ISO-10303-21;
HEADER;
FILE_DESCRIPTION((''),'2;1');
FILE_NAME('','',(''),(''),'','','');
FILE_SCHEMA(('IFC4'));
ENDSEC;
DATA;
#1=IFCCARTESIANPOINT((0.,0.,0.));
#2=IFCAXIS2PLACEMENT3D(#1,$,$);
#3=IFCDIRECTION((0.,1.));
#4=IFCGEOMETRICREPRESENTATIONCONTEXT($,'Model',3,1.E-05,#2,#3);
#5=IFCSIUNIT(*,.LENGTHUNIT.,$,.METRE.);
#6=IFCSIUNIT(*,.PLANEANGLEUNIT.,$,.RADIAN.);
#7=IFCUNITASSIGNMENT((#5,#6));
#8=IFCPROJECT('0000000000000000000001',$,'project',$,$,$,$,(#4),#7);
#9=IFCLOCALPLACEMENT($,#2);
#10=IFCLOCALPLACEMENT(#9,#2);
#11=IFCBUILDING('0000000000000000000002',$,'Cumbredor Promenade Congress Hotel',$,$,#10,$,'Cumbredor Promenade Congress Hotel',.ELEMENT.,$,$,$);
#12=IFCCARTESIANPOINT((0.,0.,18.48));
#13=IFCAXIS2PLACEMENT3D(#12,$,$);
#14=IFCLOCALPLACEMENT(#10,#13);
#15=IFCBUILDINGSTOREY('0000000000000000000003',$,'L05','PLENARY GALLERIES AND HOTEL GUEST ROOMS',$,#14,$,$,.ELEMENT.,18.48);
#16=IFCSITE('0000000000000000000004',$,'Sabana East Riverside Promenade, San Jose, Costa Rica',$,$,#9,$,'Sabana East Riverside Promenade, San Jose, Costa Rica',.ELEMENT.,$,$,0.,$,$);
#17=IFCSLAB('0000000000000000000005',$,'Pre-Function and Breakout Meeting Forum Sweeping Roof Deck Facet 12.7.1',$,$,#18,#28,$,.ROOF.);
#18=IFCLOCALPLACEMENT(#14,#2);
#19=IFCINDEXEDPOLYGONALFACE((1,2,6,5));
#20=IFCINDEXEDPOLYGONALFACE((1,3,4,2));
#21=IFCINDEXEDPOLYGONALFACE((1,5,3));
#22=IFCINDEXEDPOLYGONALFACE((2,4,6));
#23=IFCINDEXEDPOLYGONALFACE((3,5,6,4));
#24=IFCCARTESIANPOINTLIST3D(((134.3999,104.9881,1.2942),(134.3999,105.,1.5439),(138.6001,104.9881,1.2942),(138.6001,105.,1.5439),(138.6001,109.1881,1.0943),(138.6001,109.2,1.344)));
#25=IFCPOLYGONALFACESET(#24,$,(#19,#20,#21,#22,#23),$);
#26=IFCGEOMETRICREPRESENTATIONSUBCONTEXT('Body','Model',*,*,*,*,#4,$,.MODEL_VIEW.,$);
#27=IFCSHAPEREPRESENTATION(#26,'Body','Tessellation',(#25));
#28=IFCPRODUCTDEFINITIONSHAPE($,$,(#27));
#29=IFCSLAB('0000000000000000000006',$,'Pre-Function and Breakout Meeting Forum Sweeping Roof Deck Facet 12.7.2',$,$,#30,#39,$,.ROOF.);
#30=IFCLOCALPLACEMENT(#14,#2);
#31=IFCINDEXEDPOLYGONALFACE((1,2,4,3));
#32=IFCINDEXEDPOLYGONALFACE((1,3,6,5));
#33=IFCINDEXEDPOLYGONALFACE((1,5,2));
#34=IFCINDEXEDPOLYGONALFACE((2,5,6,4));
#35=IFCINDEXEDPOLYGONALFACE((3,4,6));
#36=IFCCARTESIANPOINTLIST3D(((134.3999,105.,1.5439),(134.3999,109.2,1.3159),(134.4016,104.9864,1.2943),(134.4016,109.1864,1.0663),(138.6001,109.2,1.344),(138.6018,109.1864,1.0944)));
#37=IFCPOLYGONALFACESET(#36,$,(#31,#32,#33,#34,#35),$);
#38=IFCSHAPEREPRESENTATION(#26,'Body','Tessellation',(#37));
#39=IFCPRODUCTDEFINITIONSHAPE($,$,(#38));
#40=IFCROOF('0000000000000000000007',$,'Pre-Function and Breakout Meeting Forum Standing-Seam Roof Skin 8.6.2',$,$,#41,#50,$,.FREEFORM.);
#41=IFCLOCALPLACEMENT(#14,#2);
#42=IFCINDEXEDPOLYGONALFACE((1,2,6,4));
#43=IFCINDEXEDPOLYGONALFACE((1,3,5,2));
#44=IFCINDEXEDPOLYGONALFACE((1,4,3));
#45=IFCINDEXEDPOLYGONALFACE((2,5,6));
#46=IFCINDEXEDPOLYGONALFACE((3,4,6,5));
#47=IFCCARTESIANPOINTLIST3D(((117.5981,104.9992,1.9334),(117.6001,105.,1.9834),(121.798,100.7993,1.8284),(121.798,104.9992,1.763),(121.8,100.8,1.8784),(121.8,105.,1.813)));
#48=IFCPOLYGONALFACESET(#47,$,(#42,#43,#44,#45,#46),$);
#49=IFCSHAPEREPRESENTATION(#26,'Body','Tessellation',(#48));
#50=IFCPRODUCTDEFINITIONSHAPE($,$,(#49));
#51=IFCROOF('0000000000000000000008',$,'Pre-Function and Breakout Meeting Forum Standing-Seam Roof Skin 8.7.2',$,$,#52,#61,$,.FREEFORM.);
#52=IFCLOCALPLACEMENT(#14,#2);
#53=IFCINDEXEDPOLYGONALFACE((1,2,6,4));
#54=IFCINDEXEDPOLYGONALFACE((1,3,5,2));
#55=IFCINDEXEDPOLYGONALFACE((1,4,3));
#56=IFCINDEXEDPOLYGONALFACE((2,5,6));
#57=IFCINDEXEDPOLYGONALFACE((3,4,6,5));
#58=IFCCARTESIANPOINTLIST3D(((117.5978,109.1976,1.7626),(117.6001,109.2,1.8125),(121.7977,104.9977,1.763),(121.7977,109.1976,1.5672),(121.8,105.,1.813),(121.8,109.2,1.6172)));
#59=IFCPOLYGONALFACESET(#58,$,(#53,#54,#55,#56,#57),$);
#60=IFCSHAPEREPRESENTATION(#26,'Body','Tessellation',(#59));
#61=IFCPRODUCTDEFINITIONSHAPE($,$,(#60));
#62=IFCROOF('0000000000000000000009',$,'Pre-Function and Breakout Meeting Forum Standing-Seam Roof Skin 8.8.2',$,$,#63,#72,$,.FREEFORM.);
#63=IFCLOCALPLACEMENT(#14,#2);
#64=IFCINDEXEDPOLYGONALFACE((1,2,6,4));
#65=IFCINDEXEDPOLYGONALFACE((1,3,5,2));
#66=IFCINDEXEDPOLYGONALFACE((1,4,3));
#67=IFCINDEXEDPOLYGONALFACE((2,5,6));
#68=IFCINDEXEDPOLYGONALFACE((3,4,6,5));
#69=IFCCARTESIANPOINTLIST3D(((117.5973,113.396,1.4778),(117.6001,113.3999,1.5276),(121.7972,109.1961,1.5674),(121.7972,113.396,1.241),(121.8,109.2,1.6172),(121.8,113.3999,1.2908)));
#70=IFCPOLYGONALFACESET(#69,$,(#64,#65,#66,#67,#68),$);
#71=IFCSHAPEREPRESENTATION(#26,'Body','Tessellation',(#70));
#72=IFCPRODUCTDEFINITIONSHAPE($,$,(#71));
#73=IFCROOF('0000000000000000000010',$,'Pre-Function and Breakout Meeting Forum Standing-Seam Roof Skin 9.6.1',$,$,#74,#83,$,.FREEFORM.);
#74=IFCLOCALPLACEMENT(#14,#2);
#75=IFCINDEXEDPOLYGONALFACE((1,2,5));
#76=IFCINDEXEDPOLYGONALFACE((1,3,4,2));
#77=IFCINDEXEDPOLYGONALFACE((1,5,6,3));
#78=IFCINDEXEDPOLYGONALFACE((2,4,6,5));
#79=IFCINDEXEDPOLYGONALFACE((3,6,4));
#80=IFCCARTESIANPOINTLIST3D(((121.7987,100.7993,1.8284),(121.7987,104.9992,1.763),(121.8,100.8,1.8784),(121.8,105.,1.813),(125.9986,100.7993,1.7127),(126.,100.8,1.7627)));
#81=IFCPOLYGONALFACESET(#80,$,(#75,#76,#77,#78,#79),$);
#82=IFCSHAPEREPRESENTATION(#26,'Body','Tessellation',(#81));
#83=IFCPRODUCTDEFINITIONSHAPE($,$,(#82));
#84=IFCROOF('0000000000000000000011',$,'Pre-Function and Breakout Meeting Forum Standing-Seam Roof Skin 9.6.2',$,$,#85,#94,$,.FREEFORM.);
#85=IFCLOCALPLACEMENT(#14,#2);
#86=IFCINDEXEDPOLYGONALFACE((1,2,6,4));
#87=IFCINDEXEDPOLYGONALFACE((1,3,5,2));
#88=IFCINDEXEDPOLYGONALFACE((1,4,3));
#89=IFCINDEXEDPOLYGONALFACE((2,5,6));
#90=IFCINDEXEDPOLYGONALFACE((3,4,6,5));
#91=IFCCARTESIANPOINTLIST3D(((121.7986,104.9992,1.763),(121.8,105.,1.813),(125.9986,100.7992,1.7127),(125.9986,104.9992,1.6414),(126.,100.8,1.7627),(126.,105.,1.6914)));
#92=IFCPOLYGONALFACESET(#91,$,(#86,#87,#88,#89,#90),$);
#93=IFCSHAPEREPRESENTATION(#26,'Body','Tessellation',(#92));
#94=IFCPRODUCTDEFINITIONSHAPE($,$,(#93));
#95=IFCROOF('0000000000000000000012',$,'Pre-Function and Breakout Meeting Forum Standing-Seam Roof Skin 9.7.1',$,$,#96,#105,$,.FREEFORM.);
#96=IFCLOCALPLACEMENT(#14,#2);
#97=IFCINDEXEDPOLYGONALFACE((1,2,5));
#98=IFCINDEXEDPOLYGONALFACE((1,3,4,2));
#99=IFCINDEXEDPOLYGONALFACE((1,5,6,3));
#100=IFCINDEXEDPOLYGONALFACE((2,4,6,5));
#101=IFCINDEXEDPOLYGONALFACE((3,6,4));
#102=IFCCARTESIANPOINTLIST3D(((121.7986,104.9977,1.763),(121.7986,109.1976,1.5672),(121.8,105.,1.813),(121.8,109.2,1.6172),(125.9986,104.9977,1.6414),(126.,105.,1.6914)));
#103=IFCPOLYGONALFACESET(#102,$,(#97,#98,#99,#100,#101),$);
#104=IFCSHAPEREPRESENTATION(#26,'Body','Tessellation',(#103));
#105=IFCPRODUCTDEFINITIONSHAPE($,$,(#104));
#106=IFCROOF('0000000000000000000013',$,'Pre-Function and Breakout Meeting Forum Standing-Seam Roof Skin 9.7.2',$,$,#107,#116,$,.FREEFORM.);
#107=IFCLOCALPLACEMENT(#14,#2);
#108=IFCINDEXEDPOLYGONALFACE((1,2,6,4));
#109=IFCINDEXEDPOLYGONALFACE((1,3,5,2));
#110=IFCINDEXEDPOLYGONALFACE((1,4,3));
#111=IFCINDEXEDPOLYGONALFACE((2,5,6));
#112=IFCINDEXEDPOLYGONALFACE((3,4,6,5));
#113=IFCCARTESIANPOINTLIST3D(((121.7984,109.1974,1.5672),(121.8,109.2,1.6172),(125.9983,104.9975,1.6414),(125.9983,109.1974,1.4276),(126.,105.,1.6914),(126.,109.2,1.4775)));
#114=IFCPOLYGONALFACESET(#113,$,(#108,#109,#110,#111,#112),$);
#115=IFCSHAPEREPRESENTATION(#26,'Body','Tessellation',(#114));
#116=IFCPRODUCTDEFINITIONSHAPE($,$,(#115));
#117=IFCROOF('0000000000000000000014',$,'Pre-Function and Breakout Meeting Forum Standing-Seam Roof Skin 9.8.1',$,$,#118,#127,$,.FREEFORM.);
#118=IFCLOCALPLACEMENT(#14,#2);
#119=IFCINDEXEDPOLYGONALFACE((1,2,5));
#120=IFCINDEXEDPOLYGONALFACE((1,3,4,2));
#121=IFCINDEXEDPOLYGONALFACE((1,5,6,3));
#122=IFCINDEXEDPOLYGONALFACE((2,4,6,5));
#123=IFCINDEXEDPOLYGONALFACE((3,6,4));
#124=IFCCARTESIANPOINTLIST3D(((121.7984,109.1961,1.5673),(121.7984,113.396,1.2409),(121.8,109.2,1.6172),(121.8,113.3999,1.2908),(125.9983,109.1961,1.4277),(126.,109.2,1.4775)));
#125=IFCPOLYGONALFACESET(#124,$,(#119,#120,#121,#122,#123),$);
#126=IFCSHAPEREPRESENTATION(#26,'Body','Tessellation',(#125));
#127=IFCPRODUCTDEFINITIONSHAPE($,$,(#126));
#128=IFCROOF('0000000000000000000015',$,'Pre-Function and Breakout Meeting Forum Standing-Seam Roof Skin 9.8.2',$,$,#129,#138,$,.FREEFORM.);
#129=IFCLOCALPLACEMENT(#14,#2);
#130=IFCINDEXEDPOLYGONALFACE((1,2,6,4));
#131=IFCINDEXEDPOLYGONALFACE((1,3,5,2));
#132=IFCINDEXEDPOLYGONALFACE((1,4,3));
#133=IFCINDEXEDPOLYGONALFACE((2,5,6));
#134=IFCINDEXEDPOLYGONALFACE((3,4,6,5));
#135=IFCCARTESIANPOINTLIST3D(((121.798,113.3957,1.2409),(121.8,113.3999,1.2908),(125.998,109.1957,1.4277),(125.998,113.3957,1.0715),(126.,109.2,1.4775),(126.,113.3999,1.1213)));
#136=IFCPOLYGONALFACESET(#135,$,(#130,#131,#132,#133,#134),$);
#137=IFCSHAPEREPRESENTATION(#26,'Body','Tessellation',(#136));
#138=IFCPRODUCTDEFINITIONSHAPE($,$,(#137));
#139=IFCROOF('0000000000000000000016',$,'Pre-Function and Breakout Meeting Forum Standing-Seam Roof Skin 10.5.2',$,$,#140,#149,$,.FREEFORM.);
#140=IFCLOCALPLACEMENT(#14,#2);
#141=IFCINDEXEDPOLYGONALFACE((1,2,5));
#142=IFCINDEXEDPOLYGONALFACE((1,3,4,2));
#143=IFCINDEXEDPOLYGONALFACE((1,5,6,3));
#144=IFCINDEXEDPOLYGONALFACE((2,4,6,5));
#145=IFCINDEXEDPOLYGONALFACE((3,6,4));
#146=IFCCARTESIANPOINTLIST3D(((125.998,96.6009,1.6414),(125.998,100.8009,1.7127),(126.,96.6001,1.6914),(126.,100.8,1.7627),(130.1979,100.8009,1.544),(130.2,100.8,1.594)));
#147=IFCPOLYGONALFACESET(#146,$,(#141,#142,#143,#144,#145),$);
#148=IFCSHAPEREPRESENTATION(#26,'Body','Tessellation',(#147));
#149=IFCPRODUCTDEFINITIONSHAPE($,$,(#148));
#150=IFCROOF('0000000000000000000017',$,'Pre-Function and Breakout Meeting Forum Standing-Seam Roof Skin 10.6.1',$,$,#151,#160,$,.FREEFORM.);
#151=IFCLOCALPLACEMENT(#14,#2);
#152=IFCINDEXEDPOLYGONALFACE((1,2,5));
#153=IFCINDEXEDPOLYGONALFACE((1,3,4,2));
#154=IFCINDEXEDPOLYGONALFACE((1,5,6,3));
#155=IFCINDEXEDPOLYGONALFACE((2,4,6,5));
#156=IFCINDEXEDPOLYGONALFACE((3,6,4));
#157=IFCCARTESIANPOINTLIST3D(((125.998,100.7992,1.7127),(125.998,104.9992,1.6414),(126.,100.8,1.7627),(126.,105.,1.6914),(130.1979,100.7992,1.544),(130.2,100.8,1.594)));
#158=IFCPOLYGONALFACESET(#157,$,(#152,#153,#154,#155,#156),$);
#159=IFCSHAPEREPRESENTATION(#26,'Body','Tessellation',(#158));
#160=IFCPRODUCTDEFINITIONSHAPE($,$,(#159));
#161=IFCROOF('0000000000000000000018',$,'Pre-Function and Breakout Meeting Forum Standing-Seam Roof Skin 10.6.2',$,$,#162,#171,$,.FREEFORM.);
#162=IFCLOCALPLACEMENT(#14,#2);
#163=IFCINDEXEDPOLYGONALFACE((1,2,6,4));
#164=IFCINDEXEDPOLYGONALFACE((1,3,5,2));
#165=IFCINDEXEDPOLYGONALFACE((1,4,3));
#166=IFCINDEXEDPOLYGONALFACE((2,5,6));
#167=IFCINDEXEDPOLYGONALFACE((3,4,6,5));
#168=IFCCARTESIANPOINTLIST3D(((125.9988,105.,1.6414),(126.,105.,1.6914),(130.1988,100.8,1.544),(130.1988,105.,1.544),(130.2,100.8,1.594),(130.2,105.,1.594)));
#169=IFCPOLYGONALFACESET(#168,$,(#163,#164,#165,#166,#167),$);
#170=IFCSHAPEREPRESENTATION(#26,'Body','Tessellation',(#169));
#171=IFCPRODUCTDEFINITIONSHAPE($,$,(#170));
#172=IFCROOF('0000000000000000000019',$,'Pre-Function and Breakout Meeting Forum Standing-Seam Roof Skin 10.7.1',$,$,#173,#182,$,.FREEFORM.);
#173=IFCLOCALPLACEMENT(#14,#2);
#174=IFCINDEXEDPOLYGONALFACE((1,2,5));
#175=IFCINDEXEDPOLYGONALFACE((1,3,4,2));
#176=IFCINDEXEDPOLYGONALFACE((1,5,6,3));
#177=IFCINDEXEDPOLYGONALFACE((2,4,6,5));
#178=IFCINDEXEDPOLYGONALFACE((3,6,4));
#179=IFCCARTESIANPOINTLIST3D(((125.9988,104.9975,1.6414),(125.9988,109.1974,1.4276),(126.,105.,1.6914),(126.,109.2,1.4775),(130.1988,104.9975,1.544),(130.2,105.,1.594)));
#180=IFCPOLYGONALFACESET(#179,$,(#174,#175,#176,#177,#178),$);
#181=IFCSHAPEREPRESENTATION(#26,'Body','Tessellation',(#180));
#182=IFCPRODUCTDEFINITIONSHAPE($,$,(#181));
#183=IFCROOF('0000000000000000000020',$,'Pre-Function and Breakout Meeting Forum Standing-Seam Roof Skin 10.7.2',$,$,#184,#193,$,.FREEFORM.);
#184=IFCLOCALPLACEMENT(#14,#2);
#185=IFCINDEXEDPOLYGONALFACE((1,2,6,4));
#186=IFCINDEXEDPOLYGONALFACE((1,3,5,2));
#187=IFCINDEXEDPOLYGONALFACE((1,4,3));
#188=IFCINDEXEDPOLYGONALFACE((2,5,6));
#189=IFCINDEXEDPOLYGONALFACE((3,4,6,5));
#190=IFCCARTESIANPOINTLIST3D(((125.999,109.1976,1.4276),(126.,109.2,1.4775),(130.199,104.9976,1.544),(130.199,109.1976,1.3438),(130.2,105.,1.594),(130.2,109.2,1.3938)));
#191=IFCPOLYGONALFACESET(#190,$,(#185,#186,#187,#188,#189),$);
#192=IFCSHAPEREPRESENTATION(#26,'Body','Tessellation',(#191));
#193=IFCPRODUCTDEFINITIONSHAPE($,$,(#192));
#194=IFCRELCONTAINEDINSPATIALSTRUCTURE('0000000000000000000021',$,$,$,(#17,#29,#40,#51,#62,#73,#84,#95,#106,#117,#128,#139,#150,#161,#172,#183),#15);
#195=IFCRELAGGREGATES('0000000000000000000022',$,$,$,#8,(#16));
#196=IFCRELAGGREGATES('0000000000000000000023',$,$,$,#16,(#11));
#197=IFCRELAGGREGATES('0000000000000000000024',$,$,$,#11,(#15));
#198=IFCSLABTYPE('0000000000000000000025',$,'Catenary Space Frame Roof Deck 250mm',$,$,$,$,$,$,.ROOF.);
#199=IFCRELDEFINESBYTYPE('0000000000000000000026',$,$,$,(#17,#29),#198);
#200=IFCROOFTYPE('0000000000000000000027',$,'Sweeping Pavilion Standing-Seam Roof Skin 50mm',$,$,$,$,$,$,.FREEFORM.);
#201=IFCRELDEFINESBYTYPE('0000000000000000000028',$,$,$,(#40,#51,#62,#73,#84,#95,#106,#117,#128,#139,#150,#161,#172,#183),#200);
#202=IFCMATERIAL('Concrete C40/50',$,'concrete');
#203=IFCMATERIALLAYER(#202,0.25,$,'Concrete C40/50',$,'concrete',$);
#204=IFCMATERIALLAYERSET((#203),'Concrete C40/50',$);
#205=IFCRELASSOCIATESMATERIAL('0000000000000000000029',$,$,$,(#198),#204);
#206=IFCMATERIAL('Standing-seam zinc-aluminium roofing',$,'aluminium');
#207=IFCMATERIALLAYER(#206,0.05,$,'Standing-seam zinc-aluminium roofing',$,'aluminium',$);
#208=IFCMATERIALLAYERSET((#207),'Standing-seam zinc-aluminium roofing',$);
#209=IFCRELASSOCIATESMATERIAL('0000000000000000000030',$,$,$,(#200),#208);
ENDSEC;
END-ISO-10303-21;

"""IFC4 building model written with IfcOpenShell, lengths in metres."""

from ifc_helpers import new_model, si_unit, direction, frame, origin, place, context, subcontext, project, spatial, polyline, outline, extrude, material, layer, layer_set, type_object, element, save


model = new_model("IFC4")

# Units and contexts
model_context = context("Model", 3, precision=1e-05, world=origin(), true_north=direction((0.0, 1.0)))
body_context = subcontext(model_context, "Body", "Model", "MODEL_VIEW")
ifc_project = project(units=[si_unit("LENGTHUNIT", "METRE"), si_unit("PLANEANGLEUNIT", "RADIAN")], contexts=[model_context])

# Site, building, storey
site_placement = place(None, origin())
site = spatial("IfcSite", under=ifc_project, at=site_placement, Name="Sabana East Riverside Promenade, San Jose, Costa Rica", LongName="Sabana East Riverside Promenade, San Jose, Costa Rica", CompositionType="ELEMENT", RefElevation=0.0)
building_placement = place(site_placement, origin())
building = spatial("IfcBuilding", under=site, at=building_placement, Name="Cumbredor Promenade Congress Hotel", LongName="Cumbredor Promenade Congress Hotel", CompositionType="ELEMENT")
storey_placement = place(building_placement, frame((0.0, 0.0, 18.48)))
storey = spatial("IfcBuildingStorey", under=building, at=storey_placement, Name="L05", Description="PLENARY GALLERIES AND HOTEL GUEST ROOMS", CompositionType="ELEMENT", Elevation=18.48)

# Slabs
ifc_material_1 = material(Name="Concrete C40/50", Category="concrete")
ifc_layer_1 = layer(ifc_material_1, 0.25, Name="Concrete C40/50", Category="concrete")
ifc_layer_set_1 = layer_set([ifc_layer_1], Name="Concrete C40/50")
slab_type = type_object("IfcSlabType", Name="Catenary Space Frame Roof Deck 250mm", PredefinedType="ROOF", material=ifc_layer_set_1)
slab_1_placement = place(storey_placement, frame((134.3999, 105.0, 1.5439), z_axis=(0.0, 0.047554, 0.998869), x_axis=(1.0, 0.0, 0.0)))
element("IfcSlab", 1, at=slab_1_placement, inside=storey, type_object=slab_type, Name="Pre-Function and Breakout Meeting Forum Sweeping Roof Deck Facet 12.7.1", PredefinedType="ROOF", context=body_context, shape_type="SweptSolid", body=[
    extrude(outline(polyline([(0.0, 0.0), (4.2002, 0.0), (4.2002, 4.2047), (0.0, 0.0)])), origin(), (0.0, 0.0, -1.0), 0.25),
])
slab_2_placement = place(storey_placement, frame((134.3999, 105.0, 1.5439), z_axis=(-0.006675, 0.054212, 0.998507), x_axis=(0.706727, 0.706686, -0.033644)))
element("IfcSlab", 2, at=slab_2_placement, inside=storey, type_object=slab_type, Name="Pre-Function and Breakout Meeting Forum Sweeping Roof Deck Facet 12.7.2", PredefinedType="ROOF", context=body_context, shape_type="SweptSolid", body=[
    extrude(outline(polyline([(0.0, 0.0), (5.9432, 0.0), (2.9757, 2.9727), (0.0, 0.0)])), origin(), (0.0, 0.0, -1.0), 0.25),
])

# Roofs
ifc_material_2 = material(Name="Standing-seam zinc-aluminium roofing", Category="aluminium")
ifc_layer_2 = layer(ifc_material_2, 0.05, Name="Standing-seam zinc-aluminium roofing", Category="aluminium")
ifc_layer_set_2 = layer_set([ifc_layer_2], Name="Standing-seam zinc-aluminium roofing")
roof_type = type_object("IfcRoofType", Name="Sweeping Pavilion Standing-Seam Roof Skin 50mm", PredefinedType="FREEFORM", material=ifc_layer_set_2)
roof_1_placement = place(storey_placement, frame((121.8, 100.8, 1.8784), z_axis=(0.040536, 0.015564, 0.999057), x_axis=(0.0, 0.999879, -0.015577)))
element("IfcRoof", 3, at=roof_1_placement, inside=storey, type_object=roof_type, Name="Pre-Function and Breakout Meeting Forum Standing-Seam Roof Skin 8.6.2", PredefinedType="FREEFORM", context=body_context, shape_type="SweptSolid", body=[
    extrude(outline(polyline([(0.0, 0.0), (4.2005, 0.0), (4.1978, 4.2034), (0.0, 0.0)])), origin(), (0.0, 0.0, -1.0), 0.05),
])
roof_2_placement = place(storey_placement, frame((121.8, 105.0, 1.813), z_axis=(0.046403, 0.046519, 0.997839), x_axis=(0.0, 0.998915, -0.046569)))
element("IfcRoof", 4, at=roof_2_placement, inside=storey, type_object=roof_type, Name="Pre-Function and Breakout Meeting Forum Standing-Seam Roof Skin 8.7.2", PredefinedType="FREEFORM", context=body_context, shape_type="SweptSolid", body=[
    extrude(outline(polyline([(0.0, 0.0), (4.2045, 0.0), (4.1954, 4.2045), (0.0, 0.0)])), origin(), (0.0, 0.0, -1.0), 0.05),
])
roof_3_placement = place(storey_placement, frame((121.8, 109.2, 1.6172), z_axis=(0.056127, 0.077363, 0.995422), x_axis=(0.0, 0.996993, -0.077485)))
element("IfcRoof", 5, at=roof_3_placement, inside=storey, type_object=roof_type, Name="Pre-Function and Breakout Meeting Forum Standing-Seam Roof Skin 8.8.2", PredefinedType="FREEFORM", context=body_context, shape_type="SweptSolid", body=[
    extrude(outline(polyline([(0.0, 0.0), (4.2126, 0.0), (4.1943, 4.2066), (0.0, 0.0)])), origin(), (0.0, 0.0, -1.0), 0.05),
])
roof_4_placement = place(storey_placement, frame((121.8, 100.8, 1.8784), z_axis=(0.02754, 0.015571, 0.999499), x_axis=(0.999621, 0.0, -0.027543)))
element("IfcRoof", 6, at=roof_4_placement, inside=storey, type_object=roof_type, Name="Pre-Function and Breakout Meeting Forum Standing-Seam Roof Skin 9.6.1", PredefinedType="FREEFORM", context=body_context, shape_type="SweptSolid", body=[
    extrude(outline(polyline([(0.0, 0.0), (4.2015, 0.0), (0.0018, 4.2005), (0.0, 0.0)])), origin(), (0.0, 0.0, -1.0), 0.05),
])
roof_5_placement = place(storey_placement, frame((126.0, 100.8, 1.7627), z_axis=(0.028932, 0.016964, 0.999437), x_axis=(0.0, 0.999856, -0.016971)))
element("IfcRoof", 7, at=roof_5_placement, inside=storey, type_object=roof_type, Name="Pre-Function and Breakout Meeting Forum Standing-Seam Roof Skin 9.6.2", PredefinedType="FREEFORM", context=body_context, shape_type="SweptSolid", body=[
    extrude(outline(polyline([(0.0, 0.0), (4.2006, 0.0), (4.1985, 4.2017), (0.0, 0.0)])), origin(), (0.0, 0.0, -1.0), 0.05),
])
roof_6_placement = place(storey_placement, frame((121.8, 105.0, 1.813), z_axis=(0.028905, 0.04655, 0.998498), x_axis=(0.999581, 0.0, -0.028936)))
element("IfcRoof", 8, at=roof_6_placement, inside=storey, type_object=roof_type, Name="Pre-Function and Breakout Meeting Forum Standing-Seam Roof Skin 9.7.1", PredefinedType="FREEFORM", context=body_context, shape_type="SweptSolid", body=[
    extrude(outline(polyline([(0.0, 0.0), (4.2017, 0.0), (0.0057, 4.2045), (0.0, 0.0)])), origin(), (0.0, 0.0, -1.0), 0.05),
])
roof_7_placement = place(storey_placement, frame((126.0, 105.0, 1.6914), z_axis=(0.033189, 0.050827, 0.998156), x_axis=(0.0, 0.998706, -0.050855)))
element("IfcRoof", 9, at=roof_7_placement, inside=storey, type_object=roof_type, Name="Pre-Function and Breakout Meeting Forum Standing-Seam Roof Skin 9.7.2", PredefinedType="FREEFORM", context=body_context, shape_type="SweptSolid", body=[
    extrude(outline(polyline([(0.0, 0.0), (4.2054, 0.0), (4.1983, 4.2023), (0.0, 0.0)])), origin(), (0.0, 0.0, -1.0), 0.05),
])
roof_8_placement = place(storey_placement, frame((121.8, 109.2, 1.6172), z_axis=(0.033132, 0.077443, 0.996446), x_axis=(0.999448, 0.0, -0.033232)))
element("IfcRoof", 10, at=roof_8_placement, inside=storey, type_object=roof_type, Name="Pre-Function and Breakout Meeting Forum Standing-Seam Roof Skin 9.8.1", PredefinedType="FREEFORM", context=body_context, shape_type="SweptSolid", body=[
    extrude(outline(polyline([(0.0, 0.0), (4.2023, 0.0), (0.0108, 4.2126), (0.0, 0.0)])), origin(), (0.0, 0.0, -1.0), 0.05),
])
roof_9_placement = place(storey_placement, frame((126.0, 109.2, 1.4775), z_axis=(0.040165, 0.084439, 0.995619), x_axis=(0.0, 0.996423, -0.084507)))
element("IfcRoof", 11, at=roof_9_placement, inside=storey, type_object=roof_type, Name="Pre-Function and Breakout Meeting Forum Standing-Seam Roof Skin 9.8.2", PredefinedType="FREEFORM", context=body_context, shape_type="SweptSolid", body=[
    extrude(outline(polyline([(0.0, 0.0), (4.215, 0.0), (4.2007, 4.2033), (0.0, 0.0)])), origin(), (0.0, 0.0, -1.0), 0.05),
])
roof_10_placement = place(storey_placement, frame((126.0, 96.6001, 1.6914), z_axis=(0.040129, -0.016958, 0.999051), x_axis=(0.707012, 0.707012, -0.016398)))
element("IfcRoof", 12, at=roof_10_placement, inside=storey, type_object=roof_type, Name="Pre-Function and Breakout Meeting Forum Standing-Seam Roof Skin 10.5.2", PredefinedType="FREEFORM", context=body_context, shape_type="SweptSolid", body=[
    extrude(outline(polyline([(0.0, 0.0), (5.9404, 0.0), (2.9682, 2.9722), (0.0, 0.0)])), origin(), (0.0, 0.0, -1.0), 0.05),
])
roof_11_placement = place(storey_placement, frame((126.0, 100.8, 1.7627), z_axis=(0.040129, 0.016958, 0.999051), x_axis=(0.999194, 0.0, -0.040135)))
element("IfcRoof", 13, at=roof_11_placement, inside=storey, type_object=roof_type, Name="Pre-Function and Breakout Meeting Forum Standing-Seam Roof Skin 10.6.1", PredefinedType="FREEFORM", context=body_context, shape_type="SweptSolid", body=[
    extrude(outline(polyline([(0.0, 0.0), (4.2033, 0.0), (0.0029, 4.2006), (0.0, 0.0)])), origin(), (0.0, 0.0, -1.0), 0.05),
])
roof_12_placement = place(storey_placement, frame((130.2, 100.8, 1.594), z_axis=(0.023187, 0.0, 0.999731), x_axis=(0.0, 1.0, 0.0)))
element("IfcRoof", 14, at=roof_12_placement, inside=storey, type_object=roof_type, Name="Pre-Function and Breakout Meeting Forum Standing-Seam Roof Skin 10.6.2", PredefinedType="FREEFORM", context=body_context, shape_type="SweptSolid", body=[
    extrude(outline(polyline([(0.0, 0.0), (4.2, 0.0), (4.2, 4.2011), (0.0, 0.0)])), origin(), (0.0, 0.0, -1.0), 0.05),
])
roof_13_placement = place(storey_placement, frame((126.0, 105.0, 1.6914), z_axis=(0.023157, 0.050842, 0.998438), x_axis=(0.999731, 0.0, -0.023187)))
element("IfcRoof", 15, at=roof_13_placement, inside=storey, type_object=roof_type, Name="Pre-Function and Breakout Meeting Forum Standing-Seam Roof Skin 10.7.1", PredefinedType="FREEFORM", context=body_context, shape_type="SweptSolid", body=[
    extrude(outline(polyline([(0.0, 0.0), (4.2011, 0.0), (0.005, 4.2054), (0.0, 0.0)])), origin(), (0.0, 0.0, -1.0), 0.05),
])
roof_14_placement = place(storey_placement, frame((130.2, 105.0, 1.594), z_axis=(0.019912, 0.047603, 0.998668), x_axis=(0.0, 0.998866, -0.047612)))
element("IfcRoof", 16, at=roof_14_placement, inside=storey, type_object=roof_type, Name="Pre-Function and Breakout Meeting Forum Standing-Seam Roof Skin 10.7.2", PredefinedType="FREEFORM", context=body_context, shape_type="SweptSolid", body=[
    extrude(outline(polyline([(0.0, 0.0), (4.2047, 0.0), (4.2007, 4.2008), (0.0, 0.0)])), origin(), (0.0, 0.0, -1.0), 0.05),
])

save(model, "model.ifc")
